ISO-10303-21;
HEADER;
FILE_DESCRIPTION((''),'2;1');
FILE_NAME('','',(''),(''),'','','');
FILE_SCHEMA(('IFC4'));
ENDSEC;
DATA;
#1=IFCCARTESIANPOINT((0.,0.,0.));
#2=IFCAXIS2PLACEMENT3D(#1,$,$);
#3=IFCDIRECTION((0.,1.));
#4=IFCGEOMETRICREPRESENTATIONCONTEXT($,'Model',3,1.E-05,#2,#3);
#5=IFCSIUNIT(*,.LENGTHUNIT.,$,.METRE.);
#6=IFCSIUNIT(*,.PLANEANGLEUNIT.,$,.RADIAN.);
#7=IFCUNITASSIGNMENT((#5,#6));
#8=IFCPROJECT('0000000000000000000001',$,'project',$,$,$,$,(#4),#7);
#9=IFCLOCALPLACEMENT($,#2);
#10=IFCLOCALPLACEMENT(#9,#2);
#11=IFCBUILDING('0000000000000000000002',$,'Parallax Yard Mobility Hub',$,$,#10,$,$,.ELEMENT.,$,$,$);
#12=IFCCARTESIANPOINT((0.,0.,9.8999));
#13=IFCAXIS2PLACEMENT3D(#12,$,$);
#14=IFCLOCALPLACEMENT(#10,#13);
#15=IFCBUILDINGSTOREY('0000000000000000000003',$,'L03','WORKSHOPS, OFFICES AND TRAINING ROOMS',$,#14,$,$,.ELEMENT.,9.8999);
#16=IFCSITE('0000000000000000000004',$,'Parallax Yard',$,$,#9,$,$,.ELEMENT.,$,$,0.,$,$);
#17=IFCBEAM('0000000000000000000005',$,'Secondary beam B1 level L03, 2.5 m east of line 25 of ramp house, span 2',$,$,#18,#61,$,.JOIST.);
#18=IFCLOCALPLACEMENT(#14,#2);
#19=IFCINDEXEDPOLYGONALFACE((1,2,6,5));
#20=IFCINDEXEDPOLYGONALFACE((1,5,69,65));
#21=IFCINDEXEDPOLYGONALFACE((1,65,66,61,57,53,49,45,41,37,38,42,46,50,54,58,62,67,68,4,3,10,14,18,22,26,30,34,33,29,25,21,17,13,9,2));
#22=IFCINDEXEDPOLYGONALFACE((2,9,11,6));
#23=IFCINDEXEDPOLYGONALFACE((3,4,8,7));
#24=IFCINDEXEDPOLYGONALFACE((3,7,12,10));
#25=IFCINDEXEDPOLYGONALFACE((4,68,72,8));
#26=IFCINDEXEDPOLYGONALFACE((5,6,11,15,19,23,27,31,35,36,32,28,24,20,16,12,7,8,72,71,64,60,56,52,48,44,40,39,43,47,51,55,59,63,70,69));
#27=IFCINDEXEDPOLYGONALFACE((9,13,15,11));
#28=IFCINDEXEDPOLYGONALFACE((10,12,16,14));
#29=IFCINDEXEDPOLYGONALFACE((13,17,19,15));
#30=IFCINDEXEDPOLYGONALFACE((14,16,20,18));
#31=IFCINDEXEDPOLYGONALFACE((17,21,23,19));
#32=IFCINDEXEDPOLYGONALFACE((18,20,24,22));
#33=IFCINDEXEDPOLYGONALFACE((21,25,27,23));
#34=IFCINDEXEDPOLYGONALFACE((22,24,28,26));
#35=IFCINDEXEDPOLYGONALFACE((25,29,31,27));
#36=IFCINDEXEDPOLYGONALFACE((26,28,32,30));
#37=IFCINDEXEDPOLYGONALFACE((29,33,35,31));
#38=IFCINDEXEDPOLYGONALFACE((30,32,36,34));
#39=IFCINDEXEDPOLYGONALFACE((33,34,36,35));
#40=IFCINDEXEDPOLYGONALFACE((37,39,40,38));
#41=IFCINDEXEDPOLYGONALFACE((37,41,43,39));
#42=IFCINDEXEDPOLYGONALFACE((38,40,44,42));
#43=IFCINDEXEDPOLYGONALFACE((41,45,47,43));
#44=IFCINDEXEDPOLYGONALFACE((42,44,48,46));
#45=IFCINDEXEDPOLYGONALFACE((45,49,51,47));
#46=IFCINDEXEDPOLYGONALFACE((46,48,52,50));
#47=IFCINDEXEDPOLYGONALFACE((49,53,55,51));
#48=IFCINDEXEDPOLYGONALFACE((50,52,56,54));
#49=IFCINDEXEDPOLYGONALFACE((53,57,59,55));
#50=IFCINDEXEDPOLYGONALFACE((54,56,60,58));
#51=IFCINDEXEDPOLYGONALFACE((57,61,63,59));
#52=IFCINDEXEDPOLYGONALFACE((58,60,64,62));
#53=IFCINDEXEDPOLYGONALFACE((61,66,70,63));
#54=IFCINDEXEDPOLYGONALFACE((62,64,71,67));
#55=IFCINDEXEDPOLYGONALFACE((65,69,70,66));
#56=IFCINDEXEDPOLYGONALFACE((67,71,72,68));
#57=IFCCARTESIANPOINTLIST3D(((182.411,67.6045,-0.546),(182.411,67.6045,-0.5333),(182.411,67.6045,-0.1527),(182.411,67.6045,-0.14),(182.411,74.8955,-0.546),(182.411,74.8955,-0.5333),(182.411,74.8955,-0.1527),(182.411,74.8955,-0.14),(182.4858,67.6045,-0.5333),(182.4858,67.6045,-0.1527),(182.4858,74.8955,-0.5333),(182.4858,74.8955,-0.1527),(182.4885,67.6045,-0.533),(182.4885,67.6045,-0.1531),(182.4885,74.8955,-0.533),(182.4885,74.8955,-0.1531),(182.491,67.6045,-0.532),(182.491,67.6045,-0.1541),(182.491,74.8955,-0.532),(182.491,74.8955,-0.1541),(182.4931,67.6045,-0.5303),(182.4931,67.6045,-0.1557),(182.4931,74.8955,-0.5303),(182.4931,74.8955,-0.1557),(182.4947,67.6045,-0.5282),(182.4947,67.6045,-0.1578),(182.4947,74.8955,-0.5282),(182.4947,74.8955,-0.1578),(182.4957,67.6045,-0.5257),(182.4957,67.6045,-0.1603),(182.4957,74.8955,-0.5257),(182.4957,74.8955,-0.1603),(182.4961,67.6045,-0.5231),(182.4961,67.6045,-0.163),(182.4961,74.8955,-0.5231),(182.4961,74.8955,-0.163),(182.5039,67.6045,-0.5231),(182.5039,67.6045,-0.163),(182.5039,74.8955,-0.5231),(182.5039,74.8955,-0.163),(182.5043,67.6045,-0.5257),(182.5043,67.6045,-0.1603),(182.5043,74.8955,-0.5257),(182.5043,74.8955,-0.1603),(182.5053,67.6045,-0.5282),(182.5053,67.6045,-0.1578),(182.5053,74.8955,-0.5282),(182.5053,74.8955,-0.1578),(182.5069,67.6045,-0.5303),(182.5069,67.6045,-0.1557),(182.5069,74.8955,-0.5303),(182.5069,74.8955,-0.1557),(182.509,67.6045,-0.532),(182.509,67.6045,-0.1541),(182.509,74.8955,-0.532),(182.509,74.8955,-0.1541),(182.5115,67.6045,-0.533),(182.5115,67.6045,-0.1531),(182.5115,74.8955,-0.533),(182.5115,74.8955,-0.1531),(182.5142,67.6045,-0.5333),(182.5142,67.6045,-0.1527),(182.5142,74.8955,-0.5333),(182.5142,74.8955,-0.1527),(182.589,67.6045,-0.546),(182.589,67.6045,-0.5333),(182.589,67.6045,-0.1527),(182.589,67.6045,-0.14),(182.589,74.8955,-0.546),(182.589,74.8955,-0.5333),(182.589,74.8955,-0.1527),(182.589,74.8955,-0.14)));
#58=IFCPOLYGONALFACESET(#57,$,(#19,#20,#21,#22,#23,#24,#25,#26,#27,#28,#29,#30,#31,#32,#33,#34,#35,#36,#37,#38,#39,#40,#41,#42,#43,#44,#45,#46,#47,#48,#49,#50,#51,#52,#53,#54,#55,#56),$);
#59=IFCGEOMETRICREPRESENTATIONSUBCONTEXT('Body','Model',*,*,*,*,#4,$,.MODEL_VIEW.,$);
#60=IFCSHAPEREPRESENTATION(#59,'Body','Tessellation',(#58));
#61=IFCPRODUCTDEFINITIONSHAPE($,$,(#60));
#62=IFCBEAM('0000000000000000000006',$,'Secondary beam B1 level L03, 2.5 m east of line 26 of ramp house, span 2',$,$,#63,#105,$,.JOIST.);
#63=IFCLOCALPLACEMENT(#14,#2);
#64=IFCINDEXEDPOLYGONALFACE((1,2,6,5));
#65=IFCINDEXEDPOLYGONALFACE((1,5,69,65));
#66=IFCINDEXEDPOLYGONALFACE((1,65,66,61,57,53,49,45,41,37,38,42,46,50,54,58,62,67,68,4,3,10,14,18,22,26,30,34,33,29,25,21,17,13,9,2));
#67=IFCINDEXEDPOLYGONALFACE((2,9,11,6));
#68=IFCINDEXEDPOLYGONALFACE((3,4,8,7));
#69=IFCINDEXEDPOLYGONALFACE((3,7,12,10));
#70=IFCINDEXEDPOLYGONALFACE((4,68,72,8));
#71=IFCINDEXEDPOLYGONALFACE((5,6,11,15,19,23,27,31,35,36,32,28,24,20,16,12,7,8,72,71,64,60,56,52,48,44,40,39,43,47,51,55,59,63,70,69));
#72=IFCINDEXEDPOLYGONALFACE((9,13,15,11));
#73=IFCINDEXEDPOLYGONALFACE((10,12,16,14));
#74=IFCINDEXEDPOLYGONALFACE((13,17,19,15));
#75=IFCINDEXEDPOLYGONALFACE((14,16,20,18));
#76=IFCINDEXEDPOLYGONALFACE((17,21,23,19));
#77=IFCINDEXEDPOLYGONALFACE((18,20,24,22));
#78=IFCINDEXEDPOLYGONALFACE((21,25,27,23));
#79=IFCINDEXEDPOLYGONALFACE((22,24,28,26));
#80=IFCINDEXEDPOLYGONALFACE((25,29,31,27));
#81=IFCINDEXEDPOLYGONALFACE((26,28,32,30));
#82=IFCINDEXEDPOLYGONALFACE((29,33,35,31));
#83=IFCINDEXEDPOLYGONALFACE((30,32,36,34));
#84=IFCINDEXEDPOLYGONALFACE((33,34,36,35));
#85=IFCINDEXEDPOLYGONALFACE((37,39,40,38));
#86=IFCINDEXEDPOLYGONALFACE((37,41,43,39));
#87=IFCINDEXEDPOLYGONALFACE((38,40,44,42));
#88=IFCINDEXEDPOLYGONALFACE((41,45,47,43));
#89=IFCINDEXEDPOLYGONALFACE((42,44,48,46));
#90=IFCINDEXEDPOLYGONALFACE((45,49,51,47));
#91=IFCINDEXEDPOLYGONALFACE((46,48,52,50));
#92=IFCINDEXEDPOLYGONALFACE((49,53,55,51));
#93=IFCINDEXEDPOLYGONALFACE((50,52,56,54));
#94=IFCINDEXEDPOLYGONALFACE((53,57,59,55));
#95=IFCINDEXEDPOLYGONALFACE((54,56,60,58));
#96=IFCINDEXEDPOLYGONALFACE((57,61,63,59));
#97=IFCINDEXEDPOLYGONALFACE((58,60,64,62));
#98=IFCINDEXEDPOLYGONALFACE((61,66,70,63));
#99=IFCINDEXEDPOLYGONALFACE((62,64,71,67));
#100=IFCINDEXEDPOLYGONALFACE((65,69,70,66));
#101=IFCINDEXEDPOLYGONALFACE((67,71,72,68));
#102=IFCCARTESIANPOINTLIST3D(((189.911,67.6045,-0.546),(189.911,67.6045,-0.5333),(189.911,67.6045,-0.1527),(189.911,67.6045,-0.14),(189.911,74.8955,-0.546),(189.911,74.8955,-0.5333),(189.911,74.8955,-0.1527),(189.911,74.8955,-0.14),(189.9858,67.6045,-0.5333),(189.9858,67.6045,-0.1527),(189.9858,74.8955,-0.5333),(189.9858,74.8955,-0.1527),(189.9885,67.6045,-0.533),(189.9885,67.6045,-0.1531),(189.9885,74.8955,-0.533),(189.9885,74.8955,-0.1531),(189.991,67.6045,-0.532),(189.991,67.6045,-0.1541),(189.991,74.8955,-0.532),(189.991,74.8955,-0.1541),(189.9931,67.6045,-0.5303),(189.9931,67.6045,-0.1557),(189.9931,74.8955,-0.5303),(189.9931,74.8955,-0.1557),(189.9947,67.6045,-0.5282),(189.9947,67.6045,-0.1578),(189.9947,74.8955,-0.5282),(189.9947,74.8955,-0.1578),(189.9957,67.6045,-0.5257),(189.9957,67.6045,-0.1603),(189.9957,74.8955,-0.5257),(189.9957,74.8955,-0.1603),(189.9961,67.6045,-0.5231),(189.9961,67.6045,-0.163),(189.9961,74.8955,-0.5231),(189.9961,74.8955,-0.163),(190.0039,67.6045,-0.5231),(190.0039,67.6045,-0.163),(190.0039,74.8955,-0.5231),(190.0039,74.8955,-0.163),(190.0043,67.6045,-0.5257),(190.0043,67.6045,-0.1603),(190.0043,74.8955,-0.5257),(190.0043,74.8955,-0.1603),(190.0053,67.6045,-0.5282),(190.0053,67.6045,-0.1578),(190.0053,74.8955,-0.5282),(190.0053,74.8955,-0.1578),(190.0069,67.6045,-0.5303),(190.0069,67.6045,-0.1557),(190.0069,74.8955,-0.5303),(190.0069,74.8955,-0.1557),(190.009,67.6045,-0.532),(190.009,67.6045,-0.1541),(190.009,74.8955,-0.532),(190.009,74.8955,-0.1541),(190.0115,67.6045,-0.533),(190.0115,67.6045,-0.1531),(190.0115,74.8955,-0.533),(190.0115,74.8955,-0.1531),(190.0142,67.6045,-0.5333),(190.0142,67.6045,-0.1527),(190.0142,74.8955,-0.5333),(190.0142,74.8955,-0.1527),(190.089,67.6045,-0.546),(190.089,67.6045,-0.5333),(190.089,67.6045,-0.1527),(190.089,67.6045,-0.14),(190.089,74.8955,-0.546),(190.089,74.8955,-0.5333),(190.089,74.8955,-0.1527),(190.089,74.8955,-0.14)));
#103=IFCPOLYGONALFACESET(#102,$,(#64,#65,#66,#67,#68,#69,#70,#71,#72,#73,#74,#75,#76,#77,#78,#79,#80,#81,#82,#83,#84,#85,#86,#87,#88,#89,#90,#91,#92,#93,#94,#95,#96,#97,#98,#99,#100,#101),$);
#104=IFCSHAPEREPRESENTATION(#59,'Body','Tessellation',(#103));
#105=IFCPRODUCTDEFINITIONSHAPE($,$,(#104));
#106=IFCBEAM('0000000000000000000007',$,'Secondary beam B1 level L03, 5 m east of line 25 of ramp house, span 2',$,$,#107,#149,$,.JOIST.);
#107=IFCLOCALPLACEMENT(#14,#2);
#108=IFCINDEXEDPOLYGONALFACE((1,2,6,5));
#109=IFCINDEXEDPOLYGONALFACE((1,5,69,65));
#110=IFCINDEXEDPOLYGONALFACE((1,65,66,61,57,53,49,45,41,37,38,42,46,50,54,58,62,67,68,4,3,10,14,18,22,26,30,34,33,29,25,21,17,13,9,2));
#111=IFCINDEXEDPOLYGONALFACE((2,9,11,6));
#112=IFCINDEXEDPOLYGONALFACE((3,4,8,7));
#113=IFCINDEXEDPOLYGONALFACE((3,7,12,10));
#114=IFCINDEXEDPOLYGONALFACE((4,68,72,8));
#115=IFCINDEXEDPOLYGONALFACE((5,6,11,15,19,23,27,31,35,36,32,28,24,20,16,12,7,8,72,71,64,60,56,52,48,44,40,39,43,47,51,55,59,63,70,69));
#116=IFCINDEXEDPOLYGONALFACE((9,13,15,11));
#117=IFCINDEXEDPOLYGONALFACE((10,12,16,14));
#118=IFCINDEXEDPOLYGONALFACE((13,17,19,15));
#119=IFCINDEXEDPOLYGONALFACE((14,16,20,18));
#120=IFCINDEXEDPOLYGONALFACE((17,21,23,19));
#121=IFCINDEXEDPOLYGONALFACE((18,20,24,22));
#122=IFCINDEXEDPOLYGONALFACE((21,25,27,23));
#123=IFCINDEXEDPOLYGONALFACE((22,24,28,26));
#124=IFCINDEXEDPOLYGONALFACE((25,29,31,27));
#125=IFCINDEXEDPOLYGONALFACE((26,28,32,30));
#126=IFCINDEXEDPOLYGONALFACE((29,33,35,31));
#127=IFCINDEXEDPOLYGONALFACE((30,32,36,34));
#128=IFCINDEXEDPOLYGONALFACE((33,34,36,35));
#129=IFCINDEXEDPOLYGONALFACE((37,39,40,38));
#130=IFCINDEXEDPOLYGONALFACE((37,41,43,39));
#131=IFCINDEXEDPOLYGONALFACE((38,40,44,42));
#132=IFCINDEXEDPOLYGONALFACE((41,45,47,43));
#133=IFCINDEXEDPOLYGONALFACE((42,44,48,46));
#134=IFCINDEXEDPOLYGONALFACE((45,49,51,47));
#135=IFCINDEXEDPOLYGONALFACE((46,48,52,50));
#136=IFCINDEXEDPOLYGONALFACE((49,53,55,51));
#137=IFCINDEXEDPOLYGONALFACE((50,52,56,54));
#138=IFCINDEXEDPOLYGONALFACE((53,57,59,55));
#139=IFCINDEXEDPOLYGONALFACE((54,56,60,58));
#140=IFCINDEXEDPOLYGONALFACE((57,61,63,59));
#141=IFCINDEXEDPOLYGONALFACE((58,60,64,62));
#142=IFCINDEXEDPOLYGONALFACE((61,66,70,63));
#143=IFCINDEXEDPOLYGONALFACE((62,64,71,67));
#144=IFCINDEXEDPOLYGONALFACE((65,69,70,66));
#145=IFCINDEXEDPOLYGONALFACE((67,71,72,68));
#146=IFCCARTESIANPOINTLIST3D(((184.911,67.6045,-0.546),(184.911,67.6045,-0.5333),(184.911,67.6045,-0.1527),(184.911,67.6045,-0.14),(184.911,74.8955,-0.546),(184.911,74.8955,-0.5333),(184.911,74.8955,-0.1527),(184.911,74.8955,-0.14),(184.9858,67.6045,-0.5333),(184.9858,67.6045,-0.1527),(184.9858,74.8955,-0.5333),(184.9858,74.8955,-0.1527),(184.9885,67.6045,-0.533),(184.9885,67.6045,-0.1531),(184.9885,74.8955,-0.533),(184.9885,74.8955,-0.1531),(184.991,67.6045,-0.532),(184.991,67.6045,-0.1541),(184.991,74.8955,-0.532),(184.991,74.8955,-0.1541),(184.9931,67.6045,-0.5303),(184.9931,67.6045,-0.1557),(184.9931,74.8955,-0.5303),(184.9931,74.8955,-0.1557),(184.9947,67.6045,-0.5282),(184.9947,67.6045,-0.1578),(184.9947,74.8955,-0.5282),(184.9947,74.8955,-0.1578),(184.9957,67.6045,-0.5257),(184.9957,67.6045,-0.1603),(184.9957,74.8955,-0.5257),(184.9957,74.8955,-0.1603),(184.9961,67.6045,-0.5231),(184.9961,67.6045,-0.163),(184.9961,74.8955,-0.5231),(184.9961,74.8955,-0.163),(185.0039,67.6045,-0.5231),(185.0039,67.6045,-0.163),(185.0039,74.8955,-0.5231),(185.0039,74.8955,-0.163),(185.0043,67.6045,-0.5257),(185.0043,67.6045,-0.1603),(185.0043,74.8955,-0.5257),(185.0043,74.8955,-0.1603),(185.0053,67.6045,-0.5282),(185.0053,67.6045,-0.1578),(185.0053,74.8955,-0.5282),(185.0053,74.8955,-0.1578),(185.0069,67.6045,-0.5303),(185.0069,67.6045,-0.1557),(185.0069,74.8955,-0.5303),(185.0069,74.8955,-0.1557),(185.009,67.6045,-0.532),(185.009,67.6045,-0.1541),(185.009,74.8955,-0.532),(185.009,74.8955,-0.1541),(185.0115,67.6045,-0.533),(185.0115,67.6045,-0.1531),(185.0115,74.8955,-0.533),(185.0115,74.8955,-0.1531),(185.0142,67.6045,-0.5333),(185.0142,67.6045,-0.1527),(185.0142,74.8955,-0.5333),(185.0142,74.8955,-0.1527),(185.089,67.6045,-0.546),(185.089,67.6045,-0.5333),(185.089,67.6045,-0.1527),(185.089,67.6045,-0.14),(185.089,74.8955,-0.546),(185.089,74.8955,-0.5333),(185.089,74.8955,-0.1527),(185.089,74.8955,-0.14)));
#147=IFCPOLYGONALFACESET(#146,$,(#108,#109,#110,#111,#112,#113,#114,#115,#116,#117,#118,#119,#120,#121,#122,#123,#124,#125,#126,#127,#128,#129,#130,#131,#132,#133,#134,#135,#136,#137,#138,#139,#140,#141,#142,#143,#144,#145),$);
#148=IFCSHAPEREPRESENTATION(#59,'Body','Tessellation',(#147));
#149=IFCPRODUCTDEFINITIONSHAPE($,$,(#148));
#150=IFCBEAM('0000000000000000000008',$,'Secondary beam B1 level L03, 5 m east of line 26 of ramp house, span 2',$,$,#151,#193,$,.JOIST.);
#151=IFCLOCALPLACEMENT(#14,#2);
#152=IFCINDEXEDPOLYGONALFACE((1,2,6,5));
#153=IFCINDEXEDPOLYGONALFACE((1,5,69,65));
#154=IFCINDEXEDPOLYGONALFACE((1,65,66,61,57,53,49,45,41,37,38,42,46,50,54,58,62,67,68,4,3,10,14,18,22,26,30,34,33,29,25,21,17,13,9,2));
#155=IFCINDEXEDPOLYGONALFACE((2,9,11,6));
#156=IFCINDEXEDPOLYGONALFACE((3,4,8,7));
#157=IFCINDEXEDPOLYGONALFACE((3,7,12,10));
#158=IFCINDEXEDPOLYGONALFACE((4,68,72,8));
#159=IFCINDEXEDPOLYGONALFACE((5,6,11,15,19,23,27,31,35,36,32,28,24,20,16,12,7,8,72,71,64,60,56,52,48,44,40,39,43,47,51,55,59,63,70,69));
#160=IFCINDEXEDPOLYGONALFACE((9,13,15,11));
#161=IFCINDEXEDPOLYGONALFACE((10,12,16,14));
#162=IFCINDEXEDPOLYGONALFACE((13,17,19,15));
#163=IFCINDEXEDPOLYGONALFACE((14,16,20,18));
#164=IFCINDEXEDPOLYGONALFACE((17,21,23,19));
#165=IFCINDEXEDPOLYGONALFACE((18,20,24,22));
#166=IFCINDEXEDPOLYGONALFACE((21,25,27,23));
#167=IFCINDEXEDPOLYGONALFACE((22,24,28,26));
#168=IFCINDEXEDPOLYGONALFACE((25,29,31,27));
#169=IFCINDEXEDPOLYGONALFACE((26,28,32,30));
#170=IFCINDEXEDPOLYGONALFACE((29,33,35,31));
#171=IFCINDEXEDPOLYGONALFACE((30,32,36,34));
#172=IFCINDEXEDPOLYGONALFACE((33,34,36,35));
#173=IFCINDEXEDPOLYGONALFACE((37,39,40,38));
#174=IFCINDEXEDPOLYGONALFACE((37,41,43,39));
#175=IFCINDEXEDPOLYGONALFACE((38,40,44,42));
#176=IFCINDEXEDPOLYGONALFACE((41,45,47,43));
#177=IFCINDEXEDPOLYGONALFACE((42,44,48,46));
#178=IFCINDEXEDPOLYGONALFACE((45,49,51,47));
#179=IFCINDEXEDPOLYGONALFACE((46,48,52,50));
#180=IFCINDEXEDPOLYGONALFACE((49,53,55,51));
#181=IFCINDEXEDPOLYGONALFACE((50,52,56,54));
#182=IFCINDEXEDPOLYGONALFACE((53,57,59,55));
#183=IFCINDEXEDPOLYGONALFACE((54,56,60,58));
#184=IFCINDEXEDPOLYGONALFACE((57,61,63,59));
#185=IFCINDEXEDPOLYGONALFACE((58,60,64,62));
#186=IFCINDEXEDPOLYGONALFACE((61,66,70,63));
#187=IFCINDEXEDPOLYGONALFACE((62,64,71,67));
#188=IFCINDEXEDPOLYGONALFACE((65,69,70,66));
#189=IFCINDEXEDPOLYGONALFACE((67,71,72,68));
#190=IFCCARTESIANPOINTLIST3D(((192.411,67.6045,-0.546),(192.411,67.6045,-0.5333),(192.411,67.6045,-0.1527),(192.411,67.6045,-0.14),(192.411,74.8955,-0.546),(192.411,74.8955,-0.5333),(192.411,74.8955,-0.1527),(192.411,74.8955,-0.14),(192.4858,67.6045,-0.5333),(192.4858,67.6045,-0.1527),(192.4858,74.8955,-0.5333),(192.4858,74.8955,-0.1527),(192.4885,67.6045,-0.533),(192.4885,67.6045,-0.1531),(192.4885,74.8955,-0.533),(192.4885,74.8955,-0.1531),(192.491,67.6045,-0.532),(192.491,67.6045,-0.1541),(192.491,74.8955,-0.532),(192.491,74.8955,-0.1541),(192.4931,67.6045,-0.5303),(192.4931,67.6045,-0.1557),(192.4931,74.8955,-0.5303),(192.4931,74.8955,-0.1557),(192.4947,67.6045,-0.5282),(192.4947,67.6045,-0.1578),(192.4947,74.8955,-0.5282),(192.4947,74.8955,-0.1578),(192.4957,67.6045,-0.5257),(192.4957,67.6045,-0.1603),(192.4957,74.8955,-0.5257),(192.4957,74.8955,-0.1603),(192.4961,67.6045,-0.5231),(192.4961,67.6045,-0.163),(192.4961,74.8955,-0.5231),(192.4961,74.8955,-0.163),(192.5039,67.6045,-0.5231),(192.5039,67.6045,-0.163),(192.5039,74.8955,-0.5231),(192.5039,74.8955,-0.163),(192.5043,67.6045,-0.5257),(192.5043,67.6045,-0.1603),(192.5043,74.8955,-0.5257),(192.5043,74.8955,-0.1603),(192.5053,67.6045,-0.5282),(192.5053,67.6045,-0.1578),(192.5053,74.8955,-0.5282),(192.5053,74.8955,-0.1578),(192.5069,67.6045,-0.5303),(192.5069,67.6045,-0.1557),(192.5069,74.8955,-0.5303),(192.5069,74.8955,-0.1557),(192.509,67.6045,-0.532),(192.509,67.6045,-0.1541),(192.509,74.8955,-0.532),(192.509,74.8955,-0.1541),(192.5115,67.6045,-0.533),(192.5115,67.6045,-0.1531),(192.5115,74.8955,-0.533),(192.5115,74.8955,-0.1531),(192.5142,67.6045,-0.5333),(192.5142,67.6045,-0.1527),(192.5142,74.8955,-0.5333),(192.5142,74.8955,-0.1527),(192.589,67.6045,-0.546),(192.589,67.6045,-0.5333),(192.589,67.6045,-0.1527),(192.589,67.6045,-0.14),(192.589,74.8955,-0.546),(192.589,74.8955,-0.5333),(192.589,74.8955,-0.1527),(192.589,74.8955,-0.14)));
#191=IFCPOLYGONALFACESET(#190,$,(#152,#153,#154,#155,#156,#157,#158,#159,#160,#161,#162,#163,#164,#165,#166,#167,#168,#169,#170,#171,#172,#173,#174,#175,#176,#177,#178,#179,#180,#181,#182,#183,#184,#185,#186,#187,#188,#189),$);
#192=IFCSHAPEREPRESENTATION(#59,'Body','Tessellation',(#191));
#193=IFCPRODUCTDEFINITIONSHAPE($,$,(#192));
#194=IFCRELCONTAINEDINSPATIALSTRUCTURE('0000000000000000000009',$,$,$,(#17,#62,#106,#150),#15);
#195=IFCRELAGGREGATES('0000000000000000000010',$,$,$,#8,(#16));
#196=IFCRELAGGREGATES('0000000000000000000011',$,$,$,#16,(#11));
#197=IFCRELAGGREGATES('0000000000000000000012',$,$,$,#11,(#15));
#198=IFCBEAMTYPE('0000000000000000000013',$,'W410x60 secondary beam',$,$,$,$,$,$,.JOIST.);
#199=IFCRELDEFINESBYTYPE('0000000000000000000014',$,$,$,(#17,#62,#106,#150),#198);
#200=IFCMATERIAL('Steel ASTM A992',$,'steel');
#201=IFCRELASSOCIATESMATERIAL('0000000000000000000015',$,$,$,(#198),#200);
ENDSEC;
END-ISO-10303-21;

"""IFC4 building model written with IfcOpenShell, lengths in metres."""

from ifc_helpers import new_model, si_unit, direction, frame, origin, origin_2d, place, context, subcontext, project, spatial, i_section, extrude, material, material_profile, profile_set, type_object, element, save


model = new_model("IFC4")

# Units and contexts
model_context = context("Model", 3, precision=1e-05, world=origin(), true_north=direction((0.0, 1.0)))
body_context = subcontext(model_context, "Body", "Model", "MODEL_VIEW")
ifc_project = project(units=[si_unit("LENGTHUNIT", "METRE"), si_unit("PLANEANGLEUNIT", "RADIAN")], contexts=[model_context])

# Site, building, storey
site_placement = place(None, origin())
site = spatial("IfcSite", under=ifc_project, at=site_placement, Name="Parallax Yard", CompositionType="ELEMENT", RefElevation=0.0)
building_placement = place(site_placement, origin())
building = spatial("IfcBuilding", under=site, at=building_placement, Name="Parallax Yard Mobility Hub", CompositionType="ELEMENT")
storey_placement = place(building_placement, frame((0.0, 0.0, 9.8999)))
storey = spatial("IfcBuildingStorey", under=building, at=storey_placement, Name="L03", Description="WORKSHOPS, OFFICES AND TRAINING ROOMS", CompositionType="ELEMENT", Elevation=9.8999)

# Shared definitions
ifc_material_1 = material(Name="Steel ASTM A992", Category="steel")

# Beams
ifc_material_profile_1 = material_profile(ifc_material_1, i_section(OverallWidth=0.178, OverallDepth=0.406, WebThickness=0.0078, FlangeThickness=0.0127, FilletRadius=0.0103, at=origin_2d()), Name="W410x60")
ifc_profile_set_1 = profile_set([ifc_material_profile_1], Name="Steel ASTM A992")
beam_type_1 = type_object("IfcBeamType", Name="W410x60 secondary beam", PredefinedType="JOIST", material=ifc_profile_set_1)
for number, where, z_axis, x_axis, name in (
    (1, (182.5, 67.6045, -0.343), (0.0, 1.0, 0.0), (-1.0, 0.0, 0.0), "Secondary beam B1 level L03, 2.5 m east of line 25 of ramp house, span 2"),
    (2, (190.0, 67.6045, -0.343), (0.0, 1.0, 0.0), (-1.0, 0.0, 0.0), "Secondary beam B1 level L03, 2.5 m east of line 26 of ramp house, span 2"),
    (3, (185.0, 67.6045, -0.343), (0.0, 1.0, 0.0), (-1.0, 0.0, 0.0), "Secondary beam B1 level L03, 5 m east of line 25 of ramp house, span 2"),
    (4, (192.5, 67.6045, -0.343), (0.0, 1.0, 0.0), (-1.0, 0.0, 0.0), "Secondary beam B1 level L03, 5 m east of line 26 of ramp house, span 2"),
):
    element("IfcBeam", number, at=place(storey_placement, frame(where, z_axis=z_axis, x_axis=x_axis)), inside=storey, type_object=beam_type_1, Name=name, PredefinedType="JOIST", context=body_context, shape_type="SweptSolid", body=[
        extrude(i_section(OverallWidth=0.178, OverallDepth=0.406, WebThickness=0.0078, FlangeThickness=0.0127, FilletRadius=0.0103, at=origin_2d()), origin(), (0.0, 0.0, 1.0), 7.291),
    ])

save(model, "model.ifc")
